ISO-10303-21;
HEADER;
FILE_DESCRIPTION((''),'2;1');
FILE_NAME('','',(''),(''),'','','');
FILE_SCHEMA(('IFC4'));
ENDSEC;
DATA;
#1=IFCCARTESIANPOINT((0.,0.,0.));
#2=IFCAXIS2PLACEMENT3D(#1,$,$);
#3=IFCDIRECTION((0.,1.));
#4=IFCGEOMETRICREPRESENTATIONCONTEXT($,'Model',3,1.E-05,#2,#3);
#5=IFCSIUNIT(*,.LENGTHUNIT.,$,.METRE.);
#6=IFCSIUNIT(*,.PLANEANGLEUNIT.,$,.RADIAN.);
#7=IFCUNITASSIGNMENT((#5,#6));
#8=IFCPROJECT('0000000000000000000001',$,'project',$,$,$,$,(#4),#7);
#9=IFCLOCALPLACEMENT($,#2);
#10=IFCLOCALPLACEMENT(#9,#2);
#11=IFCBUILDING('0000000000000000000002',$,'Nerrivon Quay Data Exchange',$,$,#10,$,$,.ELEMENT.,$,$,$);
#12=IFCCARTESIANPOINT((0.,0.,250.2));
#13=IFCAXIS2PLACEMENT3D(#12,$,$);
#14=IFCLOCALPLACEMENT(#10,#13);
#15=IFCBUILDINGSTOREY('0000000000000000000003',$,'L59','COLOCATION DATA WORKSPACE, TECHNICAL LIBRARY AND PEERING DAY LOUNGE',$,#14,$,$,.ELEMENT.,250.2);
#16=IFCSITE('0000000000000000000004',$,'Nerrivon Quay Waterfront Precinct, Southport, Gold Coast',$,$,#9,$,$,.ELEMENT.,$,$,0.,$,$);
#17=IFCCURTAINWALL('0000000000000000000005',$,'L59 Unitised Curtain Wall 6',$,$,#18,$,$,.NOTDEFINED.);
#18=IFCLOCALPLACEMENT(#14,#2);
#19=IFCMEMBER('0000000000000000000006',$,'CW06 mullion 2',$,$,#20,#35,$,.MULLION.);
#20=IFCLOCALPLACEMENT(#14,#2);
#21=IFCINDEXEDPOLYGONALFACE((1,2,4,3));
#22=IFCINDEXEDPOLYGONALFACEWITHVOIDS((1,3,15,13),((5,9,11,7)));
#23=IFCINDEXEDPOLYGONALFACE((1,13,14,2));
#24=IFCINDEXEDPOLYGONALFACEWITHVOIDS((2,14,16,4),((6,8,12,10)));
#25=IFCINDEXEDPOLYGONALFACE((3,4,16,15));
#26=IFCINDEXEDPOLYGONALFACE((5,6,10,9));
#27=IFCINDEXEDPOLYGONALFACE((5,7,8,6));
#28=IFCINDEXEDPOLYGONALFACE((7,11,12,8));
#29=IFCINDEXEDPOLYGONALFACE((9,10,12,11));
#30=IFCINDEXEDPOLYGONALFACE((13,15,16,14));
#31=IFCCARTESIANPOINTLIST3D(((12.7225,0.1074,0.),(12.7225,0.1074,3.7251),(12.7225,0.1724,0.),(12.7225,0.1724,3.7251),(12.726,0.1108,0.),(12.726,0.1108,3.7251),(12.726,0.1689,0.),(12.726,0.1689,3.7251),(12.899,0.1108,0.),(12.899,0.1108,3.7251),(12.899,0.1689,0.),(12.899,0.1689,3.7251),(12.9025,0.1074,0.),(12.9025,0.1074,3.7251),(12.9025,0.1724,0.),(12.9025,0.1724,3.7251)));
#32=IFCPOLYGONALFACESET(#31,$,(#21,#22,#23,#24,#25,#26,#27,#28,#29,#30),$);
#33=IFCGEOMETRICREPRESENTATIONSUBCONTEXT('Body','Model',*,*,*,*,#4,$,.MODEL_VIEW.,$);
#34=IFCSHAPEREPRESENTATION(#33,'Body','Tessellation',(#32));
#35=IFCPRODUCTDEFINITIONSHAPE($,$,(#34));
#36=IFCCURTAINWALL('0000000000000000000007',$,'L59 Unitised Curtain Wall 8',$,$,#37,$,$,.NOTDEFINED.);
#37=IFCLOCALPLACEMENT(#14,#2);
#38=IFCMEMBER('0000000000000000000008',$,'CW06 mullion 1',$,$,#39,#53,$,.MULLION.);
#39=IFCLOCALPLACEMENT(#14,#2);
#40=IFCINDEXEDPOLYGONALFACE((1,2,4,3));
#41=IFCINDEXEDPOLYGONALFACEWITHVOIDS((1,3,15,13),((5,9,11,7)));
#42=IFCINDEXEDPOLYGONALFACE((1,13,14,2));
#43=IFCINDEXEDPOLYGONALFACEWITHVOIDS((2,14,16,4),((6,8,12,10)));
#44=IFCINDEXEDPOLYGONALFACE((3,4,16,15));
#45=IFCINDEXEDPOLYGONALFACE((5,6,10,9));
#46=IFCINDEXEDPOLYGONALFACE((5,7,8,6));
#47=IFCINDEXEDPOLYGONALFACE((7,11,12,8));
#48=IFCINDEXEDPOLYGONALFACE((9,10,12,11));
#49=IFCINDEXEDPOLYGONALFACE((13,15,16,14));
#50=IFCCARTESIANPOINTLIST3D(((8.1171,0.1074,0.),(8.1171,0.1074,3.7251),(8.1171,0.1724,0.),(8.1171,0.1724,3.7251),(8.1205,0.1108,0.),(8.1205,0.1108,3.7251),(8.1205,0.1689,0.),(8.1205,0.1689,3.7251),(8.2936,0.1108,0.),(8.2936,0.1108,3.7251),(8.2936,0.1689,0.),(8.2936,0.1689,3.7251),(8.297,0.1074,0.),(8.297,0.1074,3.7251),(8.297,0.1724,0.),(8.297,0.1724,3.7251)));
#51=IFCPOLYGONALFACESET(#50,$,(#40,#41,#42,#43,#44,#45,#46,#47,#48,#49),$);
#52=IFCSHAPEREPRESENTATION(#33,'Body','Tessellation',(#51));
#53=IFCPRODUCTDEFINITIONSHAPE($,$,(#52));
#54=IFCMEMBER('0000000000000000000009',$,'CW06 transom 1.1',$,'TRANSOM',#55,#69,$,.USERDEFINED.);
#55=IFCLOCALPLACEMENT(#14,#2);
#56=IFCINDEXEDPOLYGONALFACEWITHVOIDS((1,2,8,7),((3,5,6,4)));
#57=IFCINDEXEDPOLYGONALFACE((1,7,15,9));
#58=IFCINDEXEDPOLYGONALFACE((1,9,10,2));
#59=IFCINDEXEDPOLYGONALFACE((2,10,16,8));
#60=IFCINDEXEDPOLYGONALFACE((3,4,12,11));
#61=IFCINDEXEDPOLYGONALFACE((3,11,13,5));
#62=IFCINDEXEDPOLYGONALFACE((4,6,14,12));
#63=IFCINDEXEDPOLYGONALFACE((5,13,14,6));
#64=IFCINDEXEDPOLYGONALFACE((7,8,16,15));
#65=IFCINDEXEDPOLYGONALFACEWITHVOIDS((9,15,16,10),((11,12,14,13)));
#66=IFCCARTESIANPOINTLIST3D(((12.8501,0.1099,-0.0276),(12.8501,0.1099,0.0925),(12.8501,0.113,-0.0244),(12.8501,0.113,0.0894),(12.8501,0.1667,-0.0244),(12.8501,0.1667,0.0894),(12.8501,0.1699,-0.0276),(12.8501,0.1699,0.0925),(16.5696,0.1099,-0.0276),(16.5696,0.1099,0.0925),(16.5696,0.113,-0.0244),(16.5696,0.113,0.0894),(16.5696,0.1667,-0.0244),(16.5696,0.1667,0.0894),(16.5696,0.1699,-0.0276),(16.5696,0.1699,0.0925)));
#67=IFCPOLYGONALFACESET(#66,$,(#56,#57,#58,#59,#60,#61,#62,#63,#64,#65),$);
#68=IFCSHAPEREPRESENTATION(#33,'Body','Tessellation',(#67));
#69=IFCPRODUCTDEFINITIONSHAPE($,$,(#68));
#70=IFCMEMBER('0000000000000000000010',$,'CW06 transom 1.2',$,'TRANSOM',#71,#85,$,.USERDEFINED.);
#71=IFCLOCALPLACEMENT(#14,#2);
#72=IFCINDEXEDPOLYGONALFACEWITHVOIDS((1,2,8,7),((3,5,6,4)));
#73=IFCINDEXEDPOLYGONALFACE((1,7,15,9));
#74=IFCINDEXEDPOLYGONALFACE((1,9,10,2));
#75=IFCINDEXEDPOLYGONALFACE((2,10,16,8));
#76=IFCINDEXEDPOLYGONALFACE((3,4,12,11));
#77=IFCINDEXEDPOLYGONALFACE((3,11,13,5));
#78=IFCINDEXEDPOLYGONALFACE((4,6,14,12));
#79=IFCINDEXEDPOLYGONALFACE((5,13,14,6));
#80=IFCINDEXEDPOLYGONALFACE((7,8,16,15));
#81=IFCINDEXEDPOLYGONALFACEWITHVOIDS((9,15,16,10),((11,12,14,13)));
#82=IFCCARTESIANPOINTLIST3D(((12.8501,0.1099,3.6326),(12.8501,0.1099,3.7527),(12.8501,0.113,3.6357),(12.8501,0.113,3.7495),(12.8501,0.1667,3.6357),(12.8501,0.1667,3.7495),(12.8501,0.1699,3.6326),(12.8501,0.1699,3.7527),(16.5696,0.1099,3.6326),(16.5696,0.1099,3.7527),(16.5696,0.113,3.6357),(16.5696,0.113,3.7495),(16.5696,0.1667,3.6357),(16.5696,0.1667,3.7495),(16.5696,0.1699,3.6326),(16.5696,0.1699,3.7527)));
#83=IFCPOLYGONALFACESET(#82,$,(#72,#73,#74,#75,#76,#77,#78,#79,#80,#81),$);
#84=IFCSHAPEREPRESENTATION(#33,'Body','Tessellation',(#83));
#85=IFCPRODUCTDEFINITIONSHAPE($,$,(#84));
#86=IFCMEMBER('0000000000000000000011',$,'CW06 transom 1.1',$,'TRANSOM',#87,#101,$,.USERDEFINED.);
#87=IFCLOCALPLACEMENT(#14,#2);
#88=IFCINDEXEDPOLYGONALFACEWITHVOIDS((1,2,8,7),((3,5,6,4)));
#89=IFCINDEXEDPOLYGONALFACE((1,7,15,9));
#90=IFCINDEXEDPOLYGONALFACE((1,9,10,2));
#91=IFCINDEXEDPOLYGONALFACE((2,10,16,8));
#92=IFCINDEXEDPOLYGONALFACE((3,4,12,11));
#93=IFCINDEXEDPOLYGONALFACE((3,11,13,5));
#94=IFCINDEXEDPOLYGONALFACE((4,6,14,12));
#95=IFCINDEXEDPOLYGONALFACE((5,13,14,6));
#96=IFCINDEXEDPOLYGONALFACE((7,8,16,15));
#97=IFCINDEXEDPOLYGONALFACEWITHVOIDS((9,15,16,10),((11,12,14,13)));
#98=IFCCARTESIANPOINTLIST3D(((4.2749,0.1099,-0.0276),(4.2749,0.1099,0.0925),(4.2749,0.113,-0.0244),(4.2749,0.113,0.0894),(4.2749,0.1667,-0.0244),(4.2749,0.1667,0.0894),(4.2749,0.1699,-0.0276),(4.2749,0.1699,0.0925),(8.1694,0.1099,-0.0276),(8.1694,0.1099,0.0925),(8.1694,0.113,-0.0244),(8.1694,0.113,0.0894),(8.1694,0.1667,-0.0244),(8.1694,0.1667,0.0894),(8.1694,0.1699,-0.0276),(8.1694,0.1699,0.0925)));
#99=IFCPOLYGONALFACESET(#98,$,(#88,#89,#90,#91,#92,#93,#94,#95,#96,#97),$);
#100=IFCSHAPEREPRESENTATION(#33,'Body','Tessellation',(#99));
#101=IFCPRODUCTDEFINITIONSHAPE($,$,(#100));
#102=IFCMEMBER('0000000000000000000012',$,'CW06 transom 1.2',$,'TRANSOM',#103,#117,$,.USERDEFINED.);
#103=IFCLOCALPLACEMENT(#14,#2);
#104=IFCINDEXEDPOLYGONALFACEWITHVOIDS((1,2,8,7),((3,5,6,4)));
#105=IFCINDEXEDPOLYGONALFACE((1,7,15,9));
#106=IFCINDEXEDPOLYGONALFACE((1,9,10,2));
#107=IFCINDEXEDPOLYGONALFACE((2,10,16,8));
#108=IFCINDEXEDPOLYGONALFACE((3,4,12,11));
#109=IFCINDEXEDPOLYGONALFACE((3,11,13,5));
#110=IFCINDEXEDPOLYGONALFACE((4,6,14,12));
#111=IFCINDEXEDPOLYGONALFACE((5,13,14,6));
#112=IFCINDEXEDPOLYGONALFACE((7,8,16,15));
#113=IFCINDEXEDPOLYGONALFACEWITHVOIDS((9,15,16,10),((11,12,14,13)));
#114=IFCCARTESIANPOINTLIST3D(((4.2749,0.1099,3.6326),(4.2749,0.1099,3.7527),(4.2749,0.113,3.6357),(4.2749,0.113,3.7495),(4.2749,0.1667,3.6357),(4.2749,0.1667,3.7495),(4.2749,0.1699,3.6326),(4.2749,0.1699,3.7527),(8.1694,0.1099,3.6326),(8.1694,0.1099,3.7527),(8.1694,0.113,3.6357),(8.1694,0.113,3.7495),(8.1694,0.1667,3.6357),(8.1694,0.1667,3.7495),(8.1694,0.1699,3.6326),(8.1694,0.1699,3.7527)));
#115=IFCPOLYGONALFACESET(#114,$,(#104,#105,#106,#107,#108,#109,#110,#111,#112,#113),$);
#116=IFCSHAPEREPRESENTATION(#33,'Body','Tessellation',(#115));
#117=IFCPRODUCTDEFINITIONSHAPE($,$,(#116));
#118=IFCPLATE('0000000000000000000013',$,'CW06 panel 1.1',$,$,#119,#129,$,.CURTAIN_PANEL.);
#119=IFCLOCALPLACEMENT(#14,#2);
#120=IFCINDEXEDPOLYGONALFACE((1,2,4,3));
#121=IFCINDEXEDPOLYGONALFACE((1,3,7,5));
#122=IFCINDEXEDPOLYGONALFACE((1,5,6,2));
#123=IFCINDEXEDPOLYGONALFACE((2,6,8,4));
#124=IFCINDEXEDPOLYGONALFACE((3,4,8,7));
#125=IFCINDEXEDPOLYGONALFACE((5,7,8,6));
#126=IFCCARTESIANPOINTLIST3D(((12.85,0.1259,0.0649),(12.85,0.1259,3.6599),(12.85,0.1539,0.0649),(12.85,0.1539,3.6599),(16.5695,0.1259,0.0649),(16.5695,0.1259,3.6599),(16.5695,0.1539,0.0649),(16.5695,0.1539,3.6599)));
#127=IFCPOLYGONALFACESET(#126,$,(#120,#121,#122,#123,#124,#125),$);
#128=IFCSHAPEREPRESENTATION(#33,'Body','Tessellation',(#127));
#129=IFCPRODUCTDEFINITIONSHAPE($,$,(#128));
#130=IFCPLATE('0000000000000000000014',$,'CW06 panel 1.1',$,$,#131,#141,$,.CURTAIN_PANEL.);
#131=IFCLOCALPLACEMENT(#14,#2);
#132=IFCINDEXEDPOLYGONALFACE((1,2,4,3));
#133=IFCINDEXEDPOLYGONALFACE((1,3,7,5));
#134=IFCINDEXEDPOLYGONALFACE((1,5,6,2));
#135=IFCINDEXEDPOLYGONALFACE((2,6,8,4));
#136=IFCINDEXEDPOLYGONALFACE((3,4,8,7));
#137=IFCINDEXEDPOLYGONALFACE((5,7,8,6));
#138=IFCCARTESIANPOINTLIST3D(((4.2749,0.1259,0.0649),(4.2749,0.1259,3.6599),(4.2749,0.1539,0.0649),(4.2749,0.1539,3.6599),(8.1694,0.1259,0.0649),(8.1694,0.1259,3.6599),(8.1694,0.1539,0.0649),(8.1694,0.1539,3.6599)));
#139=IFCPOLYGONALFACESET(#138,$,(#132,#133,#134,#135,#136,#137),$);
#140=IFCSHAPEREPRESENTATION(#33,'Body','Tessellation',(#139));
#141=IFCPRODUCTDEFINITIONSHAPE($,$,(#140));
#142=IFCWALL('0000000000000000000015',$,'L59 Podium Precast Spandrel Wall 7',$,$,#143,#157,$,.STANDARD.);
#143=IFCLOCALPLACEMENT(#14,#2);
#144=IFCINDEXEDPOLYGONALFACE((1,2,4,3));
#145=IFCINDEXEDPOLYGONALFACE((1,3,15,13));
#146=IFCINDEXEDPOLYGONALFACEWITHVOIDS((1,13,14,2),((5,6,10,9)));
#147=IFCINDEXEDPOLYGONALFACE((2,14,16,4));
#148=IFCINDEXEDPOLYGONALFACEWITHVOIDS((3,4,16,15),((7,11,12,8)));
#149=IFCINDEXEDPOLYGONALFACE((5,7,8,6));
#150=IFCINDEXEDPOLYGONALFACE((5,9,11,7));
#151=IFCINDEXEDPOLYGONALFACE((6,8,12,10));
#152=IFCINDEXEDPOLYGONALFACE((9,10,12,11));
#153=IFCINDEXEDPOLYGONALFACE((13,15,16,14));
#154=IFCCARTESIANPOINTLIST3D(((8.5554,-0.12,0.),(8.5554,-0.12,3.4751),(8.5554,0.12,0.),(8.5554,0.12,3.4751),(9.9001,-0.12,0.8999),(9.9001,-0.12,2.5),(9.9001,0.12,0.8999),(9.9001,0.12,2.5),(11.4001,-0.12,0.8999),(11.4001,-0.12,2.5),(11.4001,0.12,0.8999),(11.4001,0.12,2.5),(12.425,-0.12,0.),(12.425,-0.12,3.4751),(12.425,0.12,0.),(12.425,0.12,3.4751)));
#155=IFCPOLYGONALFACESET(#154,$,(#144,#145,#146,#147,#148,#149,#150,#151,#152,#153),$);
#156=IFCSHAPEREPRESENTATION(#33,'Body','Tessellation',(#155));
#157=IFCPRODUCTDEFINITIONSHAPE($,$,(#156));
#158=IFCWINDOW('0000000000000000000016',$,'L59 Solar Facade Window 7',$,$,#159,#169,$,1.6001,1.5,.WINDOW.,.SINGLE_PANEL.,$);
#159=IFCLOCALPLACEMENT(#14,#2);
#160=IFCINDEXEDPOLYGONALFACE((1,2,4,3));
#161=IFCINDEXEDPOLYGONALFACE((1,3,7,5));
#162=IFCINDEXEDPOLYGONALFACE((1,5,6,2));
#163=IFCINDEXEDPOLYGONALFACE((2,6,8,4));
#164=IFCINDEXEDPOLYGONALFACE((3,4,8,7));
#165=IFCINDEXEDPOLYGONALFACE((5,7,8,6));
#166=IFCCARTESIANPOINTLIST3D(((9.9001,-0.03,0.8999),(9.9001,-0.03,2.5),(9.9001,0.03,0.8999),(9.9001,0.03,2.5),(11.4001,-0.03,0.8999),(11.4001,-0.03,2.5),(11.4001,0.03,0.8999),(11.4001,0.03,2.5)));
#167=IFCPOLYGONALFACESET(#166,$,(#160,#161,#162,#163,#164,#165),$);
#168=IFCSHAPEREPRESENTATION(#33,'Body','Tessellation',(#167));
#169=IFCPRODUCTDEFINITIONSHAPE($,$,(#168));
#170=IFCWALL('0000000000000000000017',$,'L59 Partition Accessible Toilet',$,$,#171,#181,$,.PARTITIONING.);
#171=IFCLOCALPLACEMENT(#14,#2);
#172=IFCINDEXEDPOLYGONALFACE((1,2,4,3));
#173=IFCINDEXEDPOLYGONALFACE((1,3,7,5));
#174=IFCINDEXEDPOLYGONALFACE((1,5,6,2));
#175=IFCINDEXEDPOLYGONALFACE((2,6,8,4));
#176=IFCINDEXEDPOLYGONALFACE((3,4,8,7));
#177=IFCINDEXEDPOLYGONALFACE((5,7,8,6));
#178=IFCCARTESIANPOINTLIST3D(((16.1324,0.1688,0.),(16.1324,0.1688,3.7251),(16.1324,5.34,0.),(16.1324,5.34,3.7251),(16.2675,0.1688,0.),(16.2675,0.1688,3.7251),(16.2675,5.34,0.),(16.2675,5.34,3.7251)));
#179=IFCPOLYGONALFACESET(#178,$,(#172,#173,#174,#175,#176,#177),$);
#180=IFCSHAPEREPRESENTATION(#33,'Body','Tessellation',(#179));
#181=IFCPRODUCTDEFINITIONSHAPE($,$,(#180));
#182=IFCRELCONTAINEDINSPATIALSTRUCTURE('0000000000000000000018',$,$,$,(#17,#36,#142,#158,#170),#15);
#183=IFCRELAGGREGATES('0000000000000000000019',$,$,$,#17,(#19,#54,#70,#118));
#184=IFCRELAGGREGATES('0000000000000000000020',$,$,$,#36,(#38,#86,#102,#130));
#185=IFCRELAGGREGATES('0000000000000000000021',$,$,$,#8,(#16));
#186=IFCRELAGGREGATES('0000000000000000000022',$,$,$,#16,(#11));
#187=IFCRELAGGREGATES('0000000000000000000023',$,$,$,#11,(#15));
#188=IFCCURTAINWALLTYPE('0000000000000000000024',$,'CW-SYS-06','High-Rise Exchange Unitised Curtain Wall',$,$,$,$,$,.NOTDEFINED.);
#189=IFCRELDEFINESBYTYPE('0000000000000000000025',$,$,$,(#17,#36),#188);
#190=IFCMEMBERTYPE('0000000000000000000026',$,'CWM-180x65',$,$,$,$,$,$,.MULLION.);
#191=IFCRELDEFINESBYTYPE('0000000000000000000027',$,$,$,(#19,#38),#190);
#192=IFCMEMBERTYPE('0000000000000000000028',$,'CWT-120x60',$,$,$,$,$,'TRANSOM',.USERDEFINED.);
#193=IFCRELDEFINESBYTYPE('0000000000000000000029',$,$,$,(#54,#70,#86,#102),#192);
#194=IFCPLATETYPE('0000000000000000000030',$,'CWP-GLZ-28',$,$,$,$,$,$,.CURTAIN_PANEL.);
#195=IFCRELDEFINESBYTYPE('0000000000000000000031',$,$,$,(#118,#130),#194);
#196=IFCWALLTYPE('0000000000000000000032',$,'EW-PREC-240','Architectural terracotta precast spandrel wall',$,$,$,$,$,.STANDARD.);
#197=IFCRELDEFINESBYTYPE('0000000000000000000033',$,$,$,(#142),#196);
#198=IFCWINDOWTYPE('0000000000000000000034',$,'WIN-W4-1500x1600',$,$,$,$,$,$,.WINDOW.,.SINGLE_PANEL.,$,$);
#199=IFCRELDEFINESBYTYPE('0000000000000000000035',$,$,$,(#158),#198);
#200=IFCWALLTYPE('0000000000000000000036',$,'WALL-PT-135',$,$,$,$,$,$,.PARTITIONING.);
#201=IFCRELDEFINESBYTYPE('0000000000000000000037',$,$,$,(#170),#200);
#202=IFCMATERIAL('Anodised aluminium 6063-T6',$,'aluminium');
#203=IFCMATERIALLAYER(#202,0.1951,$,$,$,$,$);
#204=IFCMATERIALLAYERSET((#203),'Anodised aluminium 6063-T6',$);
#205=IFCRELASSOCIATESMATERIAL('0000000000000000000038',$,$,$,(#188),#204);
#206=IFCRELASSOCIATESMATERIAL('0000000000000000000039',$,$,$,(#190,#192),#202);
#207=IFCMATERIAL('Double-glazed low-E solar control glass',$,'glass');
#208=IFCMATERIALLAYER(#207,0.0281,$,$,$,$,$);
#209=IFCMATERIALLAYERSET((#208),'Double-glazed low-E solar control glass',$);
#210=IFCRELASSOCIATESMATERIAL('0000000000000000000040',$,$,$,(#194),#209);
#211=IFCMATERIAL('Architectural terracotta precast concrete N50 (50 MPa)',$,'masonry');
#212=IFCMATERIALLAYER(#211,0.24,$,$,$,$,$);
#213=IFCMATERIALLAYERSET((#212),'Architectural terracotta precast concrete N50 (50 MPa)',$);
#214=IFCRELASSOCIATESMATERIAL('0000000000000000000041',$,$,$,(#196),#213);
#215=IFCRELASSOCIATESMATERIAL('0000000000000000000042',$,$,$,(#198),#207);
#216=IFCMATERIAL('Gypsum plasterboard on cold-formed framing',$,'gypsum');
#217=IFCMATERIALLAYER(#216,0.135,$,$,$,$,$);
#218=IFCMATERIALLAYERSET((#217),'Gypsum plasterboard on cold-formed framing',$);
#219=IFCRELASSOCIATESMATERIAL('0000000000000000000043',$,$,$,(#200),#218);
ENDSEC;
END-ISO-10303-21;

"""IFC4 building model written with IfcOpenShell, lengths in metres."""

from ifc_helpers import new_model, si_unit, direction, frame, frame_2d, origin, origin_2d, place, context, subcontext, project, spatial, rectangle, hollow_rectangle, extrude, material, layer, layer_set, material_profile, profile_set, type_object, element, fill, aggregate, save


model = new_model("IFC4")

# Units and contexts
model_context = context("Model", 3, precision=1e-05, world=origin(), true_north=direction((0.0, 1.0)))
body_context = subcontext(model_context, "Body", "Model", "MODEL_VIEW")
ifc_project = project(units=[si_unit("LENGTHUNIT", "METRE"), si_unit("PLANEANGLEUNIT", "RADIAN")], contexts=[model_context])

# Site, building, storey
site_placement = place(None, origin())
site = spatial("IfcSite", under=ifc_project, at=site_placement, Name="Nerrivon Quay Waterfront Precinct, Southport, Gold Coast", CompositionType="ELEMENT", RefElevation=0.0)
building_placement = place(site_placement, origin())
building = spatial("IfcBuilding", under=site, at=building_placement, Name="Nerrivon Quay Data Exchange", CompositionType="ELEMENT")
storey_placement = place(building_placement, frame((0.0, 0.0, 250.2)))
storey = spatial("IfcBuildingStorey", under=building, at=storey_placement, Name="L59", Description="COLOCATION DATA WORKSPACE, TECHNICAL LIBRARY AND PEERING DAY LOUNGE", CompositionType="ELEMENT", Elevation=250.2)

# Curtain wall, member
ifc_material_1 = material(Name="Anodised aluminium 6063-T6", Category="aluminium")
ifc_layer_1 = layer(ifc_material_1, 0.1951)
ifc_layer_set_1 = layer_set([ifc_layer_1], Name="Anodised aluminium 6063-T6")
curtain_wall_type = type_object("IfcCurtainWallType", Name="CW-SYS-06", Description="High-Rise Exchange Unitised Curtain Wall", PredefinedType="NOTDEFINED", material=ifc_layer_set_1)
curtain_wall_1_placement = place(storey_placement, origin())
curtain_wall_1 = element("IfcCurtainWall", 1, at=curtain_wall_1_placement, inside=storey, type_object=curtain_wall_type, Name="L59 Unitised Curtain Wall 6", PredefinedType="NOTDEFINED")
ifc_material_profile_1 = material_profile(ifc_material_1, hollow_rectangle(XDim=0.0649, YDim=0.1799, WallThickness=0.0034, at=origin_2d()), Name="ALU-MULL-180x65")
ifc_profile_set_1 = profile_set([ifc_material_profile_1], Name="Anodised aluminium 6063-T6")
member_type_1 = type_object("IfcMemberType", Name="CWM-180x65", PredefinedType="MULLION", material=ifc_profile_set_1)
member_1_placement = place(storey_placement, frame((12.8125, 0.1399, 0.0), z_axis=(0.0, 0.0, 1.0), x_axis=(0.0, -1.0, 0.0)))
member_1 = element("IfcMember", 2, at=member_1_placement, type_object=member_type_1, Name="CW06 mullion 2", PredefinedType="MULLION", context=body_context, shape_type="SweptSolid", body=[
    extrude(hollow_rectangle(XDim=0.0649, YDim=0.1799, WallThickness=0.0034, at=origin_2d()), origin(), (0.0, 0.0, 1.0), 3.7251),
])

# Curtain wall, member
curtain_wall_2_placement = place(storey_placement, origin())
curtain_wall_2 = element("IfcCurtainWall", 3, at=curtain_wall_2_placement, inside=storey, type_object=curtain_wall_type, Name="L59 Unitised Curtain Wall 8", PredefinedType="NOTDEFINED")
member_2_placement = place(storey_placement, frame((8.207, 0.1399, 0.0), z_axis=(0.0, 0.0, 1.0), x_axis=(0.0, -1.0, 0.0)))
member_2 = element("IfcMember", 4, at=member_2_placement, type_object=member_type_1, Name="CW06 mullion 1", PredefinedType="MULLION", context=body_context, shape_type="SweptSolid", body=[
    extrude(hollow_rectangle(XDim=0.0649, YDim=0.1799, WallThickness=0.0034, at=origin_2d()), origin(), (0.0, 0.0, 1.0), 3.7251),
])

# Members
ifc_material_profile_2 = material_profile(ifc_material_1, hollow_rectangle(XDim=0.0601, YDim=0.1201, WallThickness=0.0032, at=origin_2d()), Name="ALU-TRAN-120x60")
ifc_profile_set_2 = profile_set([ifc_material_profile_2], Name="Anodised aluminium 6063-T6")
member_type_2 = type_object("IfcMemberType", Name="CWT-120x60", ElementType="TRANSOM", PredefinedType="USERDEFINED", material=ifc_profile_set_2)
member_3_placement = place(storey_placement, frame((16.5696, 0.1399, 0.0325), z_axis=(-1.0, 0.0, 0.0), x_axis=(0.0, -1.0, 0.0)))
member_3 = element("IfcMember", 5, at=member_3_placement, type_object=member_type_2, Name="CW06 transom 1.1", ObjectType="TRANSOM", PredefinedType="USERDEFINED", context=body_context, shape_type="SweptSolid", body=[
    extrude(hollow_rectangle(XDim=0.0601, YDim=0.1201, WallThickness=0.0032, at=origin_2d()), origin(), (0.0, 0.0, 1.0), 3.7195),
])
member_4_placement = place(storey_placement, frame((16.5696, 0.1399, 3.6926), z_axis=(-1.0, 0.0, 0.0), x_axis=(0.0, -1.0, 0.0)))
member_4 = element("IfcMember", 6, at=member_4_placement, type_object=member_type_2, Name="CW06 transom 1.2", ObjectType="TRANSOM", PredefinedType="USERDEFINED", context=body_context, shape_type="SweptSolid", body=[
    extrude(hollow_rectangle(XDim=0.0601, YDim=0.1201, WallThickness=0.0032, at=origin_2d()), origin(), (0.0, 0.0, 1.0), 3.7195),
])
member_5_placement = place(storey_placement, frame((8.1694, 0.1399, 0.0325), z_axis=(-1.0, 0.0, 0.0), x_axis=(0.0, -1.0, 0.0)))
member_5 = element("IfcMember", 7, at=member_5_placement, type_object=member_type_2, Name="CW06 transom 1.1", ObjectType="TRANSOM", PredefinedType="USERDEFINED", context=body_context, shape_type="SweptSolid", body=[
    extrude(hollow_rectangle(XDim=0.0601, YDim=0.1201, WallThickness=0.0032, at=origin_2d()), origin(), (0.0, 0.0, 1.0), 3.8945),
])
member_6_placement = place(storey_placement, frame((8.1694, 0.1399, 3.6926), z_axis=(-1.0, 0.0, 0.0), x_axis=(0.0, -1.0, 0.0)))
member_6 = element("IfcMember", 8, at=member_6_placement, type_object=member_type_2, Name="CW06 transom 1.2", ObjectType="TRANSOM", PredefinedType="USERDEFINED", context=body_context, shape_type="SweptSolid", body=[
    extrude(hollow_rectangle(XDim=0.0601, YDim=0.1201, WallThickness=0.0032, at=origin_2d()), origin(), (0.0, 0.0, 1.0), 3.8945),
])

# Plates
ifc_material_2 = material(Name="Double-glazed low-E solar control glass", Category="glass")
ifc_layer_2 = layer(ifc_material_2, 0.0281)
ifc_layer_set_2 = layer_set([ifc_layer_2], Name="Double-glazed low-E solar control glass")
plate_type = type_object("IfcPlateType", Name="CWP-GLZ-28", PredefinedType="CURTAIN_PANEL", material=ifc_layer_set_2)
plate_1_placement = place(storey_placement, frame((14.7097, 0.1399, 0.0649), z_axis=(0.0, 0.0, 1.0), x_axis=(-1.0, 0.0, 0.0)))
plate_1 = element("IfcPlate", 9, at=plate_1_placement, type_object=plate_type, Name="CW06 panel 1.1", PredefinedType="CURTAIN_PANEL", context=body_context, shape_type="SweptSolid", body=[
    extrude(rectangle(XDim=3.7195, YDim=0.0281, at=origin_2d()), origin(), (0.0, 0.0, 1.0), 3.595),
])
aggregate(curtain_wall_1, [member_1, member_3, member_4, plate_1])
plate_2_placement = place(storey_placement, frame((6.2222, 0.1399, 0.0649), z_axis=(0.0, 0.0, 1.0), x_axis=(-1.0, 0.0, 0.0)))
plate_2 = element("IfcPlate", 10, at=plate_2_placement, type_object=plate_type, Name="CW06 panel 1.1", PredefinedType="CURTAIN_PANEL", context=body_context, shape_type="SweptSolid", body=[
    extrude(rectangle(XDim=3.8945, YDim=0.0281, at=origin_2d()), origin(), (0.0, 0.0, 1.0), 3.595),
])
aggregate(curtain_wall_2, [member_2, member_5, member_6, plate_2])

# Wall, opening, window
ifc_material_3 = material(Name="Architectural terracotta precast concrete N50 (50 MPa)", Category="masonry")
ifc_layer_3 = layer(ifc_material_3, 0.24)
ifc_layer_set_3 = layer_set([ifc_layer_3], Name="Architectural terracotta precast concrete N50 (50 MPa)")
wall_type_1 = type_object("IfcWallType", Name="EW-PREC-240", Description="Architectural terracotta precast spandrel wall", PredefinedType="STANDARD", material=ifc_layer_set_3)
wall_1_placement = place(storey_placement, frame((12.425, 0.0, 0.0), z_axis=(0.0, 0.0, 1.0), x_axis=(-1.0, 0.0, 0.0)))
wall_1 = element("IfcWall", 11, at=wall_1_placement, inside=storey, type_object=wall_type_1, Name="L59 Podium Precast Spandrel Wall 7", PredefinedType="STANDARD", context=body_context, shape_type="SweptSolid", body=[
    extrude(rectangle(XDim=3.8696, YDim=0.24, at=frame_2d((1.9348, 0.0))), origin(), (0.0, 0.0, 1.0), 3.4751),
])
opening_placement = place(wall_1_placement, frame((1.0249, 0.0, 0.8999)))
opening = element("IfcOpeningElement", 12, at=opening_placement, cuts=wall_1, PredefinedType="OPENING", context=body_context, shape_type="SweptSolid", body=[
    extrude(rectangle(XDim=1.5, YDim=1.6001, at=frame_2d((0.75, 0.8))), frame((0.0, 0.1299, 0.0), z_axis=(0.0, -1.0, 0.0), x_axis=(1.0, 0.0, 0.0)), (0.0, 0.0, 1.0), 0.26),
])
window_type = type_object("IfcWindowType", Name="WIN-W4-1500x1600", PartitioningType="SINGLE_PANEL", PredefinedType="WINDOW", material=ifc_material_2)
window_placement = place(opening_placement, origin())
window = element("IfcWindow", 13, at=window_placement, inside=storey, type_object=window_type, Name="L59 Solar Facade Window 7", OverallHeight=1.6001, OverallWidth=1.5, PartitioningType="SINGLE_PANEL", PredefinedType="WINDOW", context=body_context, shape_type="SweptSolid", body=[
    extrude(rectangle(XDim=1.5, YDim=1.6001, at=frame_2d((0.75, 0.8))), frame((0.0, 0.03, 0.0), z_axis=(0.0, -1.0, 0.0), x_axis=(1.0, 0.0, 0.0)), (0.0, 0.0, 1.0), 0.0601),
])
fill(opening, window)

# Wall
ifc_material_4 = material(Name="Gypsum plasterboard on cold-formed framing", Category="gypsum")
ifc_layer_4 = layer(ifc_material_4, 0.135)
ifc_layer_set_4 = layer_set([ifc_layer_4], Name="Gypsum plasterboard on cold-formed framing")
wall_type_2 = type_object("IfcWallType", Name="WALL-PT-135", PredefinedType="PARTITIONING", material=ifc_layer_set_4)
wall_2_placement = place(storey_placement, frame((16.2, 0.1689, 0.0), z_axis=(0.0, 0.0, 1.0), x_axis=(0.0, 1.0, 0.0)))
element("IfcWall", 14, at=wall_2_placement, inside=storey, type_object=wall_type_2, Name="L59 Partition Accessible Toilet", PredefinedType="PARTITIONING", context=body_context, shape_type="SweptSolid", body=[
    extrude(rectangle(XDim=5.1711, YDim=0.135, at=frame_2d((2.5854, 0.0))), origin(), (0.0, 0.0, 1.0), 3.7251),
])

save(model, "model.ifc")
